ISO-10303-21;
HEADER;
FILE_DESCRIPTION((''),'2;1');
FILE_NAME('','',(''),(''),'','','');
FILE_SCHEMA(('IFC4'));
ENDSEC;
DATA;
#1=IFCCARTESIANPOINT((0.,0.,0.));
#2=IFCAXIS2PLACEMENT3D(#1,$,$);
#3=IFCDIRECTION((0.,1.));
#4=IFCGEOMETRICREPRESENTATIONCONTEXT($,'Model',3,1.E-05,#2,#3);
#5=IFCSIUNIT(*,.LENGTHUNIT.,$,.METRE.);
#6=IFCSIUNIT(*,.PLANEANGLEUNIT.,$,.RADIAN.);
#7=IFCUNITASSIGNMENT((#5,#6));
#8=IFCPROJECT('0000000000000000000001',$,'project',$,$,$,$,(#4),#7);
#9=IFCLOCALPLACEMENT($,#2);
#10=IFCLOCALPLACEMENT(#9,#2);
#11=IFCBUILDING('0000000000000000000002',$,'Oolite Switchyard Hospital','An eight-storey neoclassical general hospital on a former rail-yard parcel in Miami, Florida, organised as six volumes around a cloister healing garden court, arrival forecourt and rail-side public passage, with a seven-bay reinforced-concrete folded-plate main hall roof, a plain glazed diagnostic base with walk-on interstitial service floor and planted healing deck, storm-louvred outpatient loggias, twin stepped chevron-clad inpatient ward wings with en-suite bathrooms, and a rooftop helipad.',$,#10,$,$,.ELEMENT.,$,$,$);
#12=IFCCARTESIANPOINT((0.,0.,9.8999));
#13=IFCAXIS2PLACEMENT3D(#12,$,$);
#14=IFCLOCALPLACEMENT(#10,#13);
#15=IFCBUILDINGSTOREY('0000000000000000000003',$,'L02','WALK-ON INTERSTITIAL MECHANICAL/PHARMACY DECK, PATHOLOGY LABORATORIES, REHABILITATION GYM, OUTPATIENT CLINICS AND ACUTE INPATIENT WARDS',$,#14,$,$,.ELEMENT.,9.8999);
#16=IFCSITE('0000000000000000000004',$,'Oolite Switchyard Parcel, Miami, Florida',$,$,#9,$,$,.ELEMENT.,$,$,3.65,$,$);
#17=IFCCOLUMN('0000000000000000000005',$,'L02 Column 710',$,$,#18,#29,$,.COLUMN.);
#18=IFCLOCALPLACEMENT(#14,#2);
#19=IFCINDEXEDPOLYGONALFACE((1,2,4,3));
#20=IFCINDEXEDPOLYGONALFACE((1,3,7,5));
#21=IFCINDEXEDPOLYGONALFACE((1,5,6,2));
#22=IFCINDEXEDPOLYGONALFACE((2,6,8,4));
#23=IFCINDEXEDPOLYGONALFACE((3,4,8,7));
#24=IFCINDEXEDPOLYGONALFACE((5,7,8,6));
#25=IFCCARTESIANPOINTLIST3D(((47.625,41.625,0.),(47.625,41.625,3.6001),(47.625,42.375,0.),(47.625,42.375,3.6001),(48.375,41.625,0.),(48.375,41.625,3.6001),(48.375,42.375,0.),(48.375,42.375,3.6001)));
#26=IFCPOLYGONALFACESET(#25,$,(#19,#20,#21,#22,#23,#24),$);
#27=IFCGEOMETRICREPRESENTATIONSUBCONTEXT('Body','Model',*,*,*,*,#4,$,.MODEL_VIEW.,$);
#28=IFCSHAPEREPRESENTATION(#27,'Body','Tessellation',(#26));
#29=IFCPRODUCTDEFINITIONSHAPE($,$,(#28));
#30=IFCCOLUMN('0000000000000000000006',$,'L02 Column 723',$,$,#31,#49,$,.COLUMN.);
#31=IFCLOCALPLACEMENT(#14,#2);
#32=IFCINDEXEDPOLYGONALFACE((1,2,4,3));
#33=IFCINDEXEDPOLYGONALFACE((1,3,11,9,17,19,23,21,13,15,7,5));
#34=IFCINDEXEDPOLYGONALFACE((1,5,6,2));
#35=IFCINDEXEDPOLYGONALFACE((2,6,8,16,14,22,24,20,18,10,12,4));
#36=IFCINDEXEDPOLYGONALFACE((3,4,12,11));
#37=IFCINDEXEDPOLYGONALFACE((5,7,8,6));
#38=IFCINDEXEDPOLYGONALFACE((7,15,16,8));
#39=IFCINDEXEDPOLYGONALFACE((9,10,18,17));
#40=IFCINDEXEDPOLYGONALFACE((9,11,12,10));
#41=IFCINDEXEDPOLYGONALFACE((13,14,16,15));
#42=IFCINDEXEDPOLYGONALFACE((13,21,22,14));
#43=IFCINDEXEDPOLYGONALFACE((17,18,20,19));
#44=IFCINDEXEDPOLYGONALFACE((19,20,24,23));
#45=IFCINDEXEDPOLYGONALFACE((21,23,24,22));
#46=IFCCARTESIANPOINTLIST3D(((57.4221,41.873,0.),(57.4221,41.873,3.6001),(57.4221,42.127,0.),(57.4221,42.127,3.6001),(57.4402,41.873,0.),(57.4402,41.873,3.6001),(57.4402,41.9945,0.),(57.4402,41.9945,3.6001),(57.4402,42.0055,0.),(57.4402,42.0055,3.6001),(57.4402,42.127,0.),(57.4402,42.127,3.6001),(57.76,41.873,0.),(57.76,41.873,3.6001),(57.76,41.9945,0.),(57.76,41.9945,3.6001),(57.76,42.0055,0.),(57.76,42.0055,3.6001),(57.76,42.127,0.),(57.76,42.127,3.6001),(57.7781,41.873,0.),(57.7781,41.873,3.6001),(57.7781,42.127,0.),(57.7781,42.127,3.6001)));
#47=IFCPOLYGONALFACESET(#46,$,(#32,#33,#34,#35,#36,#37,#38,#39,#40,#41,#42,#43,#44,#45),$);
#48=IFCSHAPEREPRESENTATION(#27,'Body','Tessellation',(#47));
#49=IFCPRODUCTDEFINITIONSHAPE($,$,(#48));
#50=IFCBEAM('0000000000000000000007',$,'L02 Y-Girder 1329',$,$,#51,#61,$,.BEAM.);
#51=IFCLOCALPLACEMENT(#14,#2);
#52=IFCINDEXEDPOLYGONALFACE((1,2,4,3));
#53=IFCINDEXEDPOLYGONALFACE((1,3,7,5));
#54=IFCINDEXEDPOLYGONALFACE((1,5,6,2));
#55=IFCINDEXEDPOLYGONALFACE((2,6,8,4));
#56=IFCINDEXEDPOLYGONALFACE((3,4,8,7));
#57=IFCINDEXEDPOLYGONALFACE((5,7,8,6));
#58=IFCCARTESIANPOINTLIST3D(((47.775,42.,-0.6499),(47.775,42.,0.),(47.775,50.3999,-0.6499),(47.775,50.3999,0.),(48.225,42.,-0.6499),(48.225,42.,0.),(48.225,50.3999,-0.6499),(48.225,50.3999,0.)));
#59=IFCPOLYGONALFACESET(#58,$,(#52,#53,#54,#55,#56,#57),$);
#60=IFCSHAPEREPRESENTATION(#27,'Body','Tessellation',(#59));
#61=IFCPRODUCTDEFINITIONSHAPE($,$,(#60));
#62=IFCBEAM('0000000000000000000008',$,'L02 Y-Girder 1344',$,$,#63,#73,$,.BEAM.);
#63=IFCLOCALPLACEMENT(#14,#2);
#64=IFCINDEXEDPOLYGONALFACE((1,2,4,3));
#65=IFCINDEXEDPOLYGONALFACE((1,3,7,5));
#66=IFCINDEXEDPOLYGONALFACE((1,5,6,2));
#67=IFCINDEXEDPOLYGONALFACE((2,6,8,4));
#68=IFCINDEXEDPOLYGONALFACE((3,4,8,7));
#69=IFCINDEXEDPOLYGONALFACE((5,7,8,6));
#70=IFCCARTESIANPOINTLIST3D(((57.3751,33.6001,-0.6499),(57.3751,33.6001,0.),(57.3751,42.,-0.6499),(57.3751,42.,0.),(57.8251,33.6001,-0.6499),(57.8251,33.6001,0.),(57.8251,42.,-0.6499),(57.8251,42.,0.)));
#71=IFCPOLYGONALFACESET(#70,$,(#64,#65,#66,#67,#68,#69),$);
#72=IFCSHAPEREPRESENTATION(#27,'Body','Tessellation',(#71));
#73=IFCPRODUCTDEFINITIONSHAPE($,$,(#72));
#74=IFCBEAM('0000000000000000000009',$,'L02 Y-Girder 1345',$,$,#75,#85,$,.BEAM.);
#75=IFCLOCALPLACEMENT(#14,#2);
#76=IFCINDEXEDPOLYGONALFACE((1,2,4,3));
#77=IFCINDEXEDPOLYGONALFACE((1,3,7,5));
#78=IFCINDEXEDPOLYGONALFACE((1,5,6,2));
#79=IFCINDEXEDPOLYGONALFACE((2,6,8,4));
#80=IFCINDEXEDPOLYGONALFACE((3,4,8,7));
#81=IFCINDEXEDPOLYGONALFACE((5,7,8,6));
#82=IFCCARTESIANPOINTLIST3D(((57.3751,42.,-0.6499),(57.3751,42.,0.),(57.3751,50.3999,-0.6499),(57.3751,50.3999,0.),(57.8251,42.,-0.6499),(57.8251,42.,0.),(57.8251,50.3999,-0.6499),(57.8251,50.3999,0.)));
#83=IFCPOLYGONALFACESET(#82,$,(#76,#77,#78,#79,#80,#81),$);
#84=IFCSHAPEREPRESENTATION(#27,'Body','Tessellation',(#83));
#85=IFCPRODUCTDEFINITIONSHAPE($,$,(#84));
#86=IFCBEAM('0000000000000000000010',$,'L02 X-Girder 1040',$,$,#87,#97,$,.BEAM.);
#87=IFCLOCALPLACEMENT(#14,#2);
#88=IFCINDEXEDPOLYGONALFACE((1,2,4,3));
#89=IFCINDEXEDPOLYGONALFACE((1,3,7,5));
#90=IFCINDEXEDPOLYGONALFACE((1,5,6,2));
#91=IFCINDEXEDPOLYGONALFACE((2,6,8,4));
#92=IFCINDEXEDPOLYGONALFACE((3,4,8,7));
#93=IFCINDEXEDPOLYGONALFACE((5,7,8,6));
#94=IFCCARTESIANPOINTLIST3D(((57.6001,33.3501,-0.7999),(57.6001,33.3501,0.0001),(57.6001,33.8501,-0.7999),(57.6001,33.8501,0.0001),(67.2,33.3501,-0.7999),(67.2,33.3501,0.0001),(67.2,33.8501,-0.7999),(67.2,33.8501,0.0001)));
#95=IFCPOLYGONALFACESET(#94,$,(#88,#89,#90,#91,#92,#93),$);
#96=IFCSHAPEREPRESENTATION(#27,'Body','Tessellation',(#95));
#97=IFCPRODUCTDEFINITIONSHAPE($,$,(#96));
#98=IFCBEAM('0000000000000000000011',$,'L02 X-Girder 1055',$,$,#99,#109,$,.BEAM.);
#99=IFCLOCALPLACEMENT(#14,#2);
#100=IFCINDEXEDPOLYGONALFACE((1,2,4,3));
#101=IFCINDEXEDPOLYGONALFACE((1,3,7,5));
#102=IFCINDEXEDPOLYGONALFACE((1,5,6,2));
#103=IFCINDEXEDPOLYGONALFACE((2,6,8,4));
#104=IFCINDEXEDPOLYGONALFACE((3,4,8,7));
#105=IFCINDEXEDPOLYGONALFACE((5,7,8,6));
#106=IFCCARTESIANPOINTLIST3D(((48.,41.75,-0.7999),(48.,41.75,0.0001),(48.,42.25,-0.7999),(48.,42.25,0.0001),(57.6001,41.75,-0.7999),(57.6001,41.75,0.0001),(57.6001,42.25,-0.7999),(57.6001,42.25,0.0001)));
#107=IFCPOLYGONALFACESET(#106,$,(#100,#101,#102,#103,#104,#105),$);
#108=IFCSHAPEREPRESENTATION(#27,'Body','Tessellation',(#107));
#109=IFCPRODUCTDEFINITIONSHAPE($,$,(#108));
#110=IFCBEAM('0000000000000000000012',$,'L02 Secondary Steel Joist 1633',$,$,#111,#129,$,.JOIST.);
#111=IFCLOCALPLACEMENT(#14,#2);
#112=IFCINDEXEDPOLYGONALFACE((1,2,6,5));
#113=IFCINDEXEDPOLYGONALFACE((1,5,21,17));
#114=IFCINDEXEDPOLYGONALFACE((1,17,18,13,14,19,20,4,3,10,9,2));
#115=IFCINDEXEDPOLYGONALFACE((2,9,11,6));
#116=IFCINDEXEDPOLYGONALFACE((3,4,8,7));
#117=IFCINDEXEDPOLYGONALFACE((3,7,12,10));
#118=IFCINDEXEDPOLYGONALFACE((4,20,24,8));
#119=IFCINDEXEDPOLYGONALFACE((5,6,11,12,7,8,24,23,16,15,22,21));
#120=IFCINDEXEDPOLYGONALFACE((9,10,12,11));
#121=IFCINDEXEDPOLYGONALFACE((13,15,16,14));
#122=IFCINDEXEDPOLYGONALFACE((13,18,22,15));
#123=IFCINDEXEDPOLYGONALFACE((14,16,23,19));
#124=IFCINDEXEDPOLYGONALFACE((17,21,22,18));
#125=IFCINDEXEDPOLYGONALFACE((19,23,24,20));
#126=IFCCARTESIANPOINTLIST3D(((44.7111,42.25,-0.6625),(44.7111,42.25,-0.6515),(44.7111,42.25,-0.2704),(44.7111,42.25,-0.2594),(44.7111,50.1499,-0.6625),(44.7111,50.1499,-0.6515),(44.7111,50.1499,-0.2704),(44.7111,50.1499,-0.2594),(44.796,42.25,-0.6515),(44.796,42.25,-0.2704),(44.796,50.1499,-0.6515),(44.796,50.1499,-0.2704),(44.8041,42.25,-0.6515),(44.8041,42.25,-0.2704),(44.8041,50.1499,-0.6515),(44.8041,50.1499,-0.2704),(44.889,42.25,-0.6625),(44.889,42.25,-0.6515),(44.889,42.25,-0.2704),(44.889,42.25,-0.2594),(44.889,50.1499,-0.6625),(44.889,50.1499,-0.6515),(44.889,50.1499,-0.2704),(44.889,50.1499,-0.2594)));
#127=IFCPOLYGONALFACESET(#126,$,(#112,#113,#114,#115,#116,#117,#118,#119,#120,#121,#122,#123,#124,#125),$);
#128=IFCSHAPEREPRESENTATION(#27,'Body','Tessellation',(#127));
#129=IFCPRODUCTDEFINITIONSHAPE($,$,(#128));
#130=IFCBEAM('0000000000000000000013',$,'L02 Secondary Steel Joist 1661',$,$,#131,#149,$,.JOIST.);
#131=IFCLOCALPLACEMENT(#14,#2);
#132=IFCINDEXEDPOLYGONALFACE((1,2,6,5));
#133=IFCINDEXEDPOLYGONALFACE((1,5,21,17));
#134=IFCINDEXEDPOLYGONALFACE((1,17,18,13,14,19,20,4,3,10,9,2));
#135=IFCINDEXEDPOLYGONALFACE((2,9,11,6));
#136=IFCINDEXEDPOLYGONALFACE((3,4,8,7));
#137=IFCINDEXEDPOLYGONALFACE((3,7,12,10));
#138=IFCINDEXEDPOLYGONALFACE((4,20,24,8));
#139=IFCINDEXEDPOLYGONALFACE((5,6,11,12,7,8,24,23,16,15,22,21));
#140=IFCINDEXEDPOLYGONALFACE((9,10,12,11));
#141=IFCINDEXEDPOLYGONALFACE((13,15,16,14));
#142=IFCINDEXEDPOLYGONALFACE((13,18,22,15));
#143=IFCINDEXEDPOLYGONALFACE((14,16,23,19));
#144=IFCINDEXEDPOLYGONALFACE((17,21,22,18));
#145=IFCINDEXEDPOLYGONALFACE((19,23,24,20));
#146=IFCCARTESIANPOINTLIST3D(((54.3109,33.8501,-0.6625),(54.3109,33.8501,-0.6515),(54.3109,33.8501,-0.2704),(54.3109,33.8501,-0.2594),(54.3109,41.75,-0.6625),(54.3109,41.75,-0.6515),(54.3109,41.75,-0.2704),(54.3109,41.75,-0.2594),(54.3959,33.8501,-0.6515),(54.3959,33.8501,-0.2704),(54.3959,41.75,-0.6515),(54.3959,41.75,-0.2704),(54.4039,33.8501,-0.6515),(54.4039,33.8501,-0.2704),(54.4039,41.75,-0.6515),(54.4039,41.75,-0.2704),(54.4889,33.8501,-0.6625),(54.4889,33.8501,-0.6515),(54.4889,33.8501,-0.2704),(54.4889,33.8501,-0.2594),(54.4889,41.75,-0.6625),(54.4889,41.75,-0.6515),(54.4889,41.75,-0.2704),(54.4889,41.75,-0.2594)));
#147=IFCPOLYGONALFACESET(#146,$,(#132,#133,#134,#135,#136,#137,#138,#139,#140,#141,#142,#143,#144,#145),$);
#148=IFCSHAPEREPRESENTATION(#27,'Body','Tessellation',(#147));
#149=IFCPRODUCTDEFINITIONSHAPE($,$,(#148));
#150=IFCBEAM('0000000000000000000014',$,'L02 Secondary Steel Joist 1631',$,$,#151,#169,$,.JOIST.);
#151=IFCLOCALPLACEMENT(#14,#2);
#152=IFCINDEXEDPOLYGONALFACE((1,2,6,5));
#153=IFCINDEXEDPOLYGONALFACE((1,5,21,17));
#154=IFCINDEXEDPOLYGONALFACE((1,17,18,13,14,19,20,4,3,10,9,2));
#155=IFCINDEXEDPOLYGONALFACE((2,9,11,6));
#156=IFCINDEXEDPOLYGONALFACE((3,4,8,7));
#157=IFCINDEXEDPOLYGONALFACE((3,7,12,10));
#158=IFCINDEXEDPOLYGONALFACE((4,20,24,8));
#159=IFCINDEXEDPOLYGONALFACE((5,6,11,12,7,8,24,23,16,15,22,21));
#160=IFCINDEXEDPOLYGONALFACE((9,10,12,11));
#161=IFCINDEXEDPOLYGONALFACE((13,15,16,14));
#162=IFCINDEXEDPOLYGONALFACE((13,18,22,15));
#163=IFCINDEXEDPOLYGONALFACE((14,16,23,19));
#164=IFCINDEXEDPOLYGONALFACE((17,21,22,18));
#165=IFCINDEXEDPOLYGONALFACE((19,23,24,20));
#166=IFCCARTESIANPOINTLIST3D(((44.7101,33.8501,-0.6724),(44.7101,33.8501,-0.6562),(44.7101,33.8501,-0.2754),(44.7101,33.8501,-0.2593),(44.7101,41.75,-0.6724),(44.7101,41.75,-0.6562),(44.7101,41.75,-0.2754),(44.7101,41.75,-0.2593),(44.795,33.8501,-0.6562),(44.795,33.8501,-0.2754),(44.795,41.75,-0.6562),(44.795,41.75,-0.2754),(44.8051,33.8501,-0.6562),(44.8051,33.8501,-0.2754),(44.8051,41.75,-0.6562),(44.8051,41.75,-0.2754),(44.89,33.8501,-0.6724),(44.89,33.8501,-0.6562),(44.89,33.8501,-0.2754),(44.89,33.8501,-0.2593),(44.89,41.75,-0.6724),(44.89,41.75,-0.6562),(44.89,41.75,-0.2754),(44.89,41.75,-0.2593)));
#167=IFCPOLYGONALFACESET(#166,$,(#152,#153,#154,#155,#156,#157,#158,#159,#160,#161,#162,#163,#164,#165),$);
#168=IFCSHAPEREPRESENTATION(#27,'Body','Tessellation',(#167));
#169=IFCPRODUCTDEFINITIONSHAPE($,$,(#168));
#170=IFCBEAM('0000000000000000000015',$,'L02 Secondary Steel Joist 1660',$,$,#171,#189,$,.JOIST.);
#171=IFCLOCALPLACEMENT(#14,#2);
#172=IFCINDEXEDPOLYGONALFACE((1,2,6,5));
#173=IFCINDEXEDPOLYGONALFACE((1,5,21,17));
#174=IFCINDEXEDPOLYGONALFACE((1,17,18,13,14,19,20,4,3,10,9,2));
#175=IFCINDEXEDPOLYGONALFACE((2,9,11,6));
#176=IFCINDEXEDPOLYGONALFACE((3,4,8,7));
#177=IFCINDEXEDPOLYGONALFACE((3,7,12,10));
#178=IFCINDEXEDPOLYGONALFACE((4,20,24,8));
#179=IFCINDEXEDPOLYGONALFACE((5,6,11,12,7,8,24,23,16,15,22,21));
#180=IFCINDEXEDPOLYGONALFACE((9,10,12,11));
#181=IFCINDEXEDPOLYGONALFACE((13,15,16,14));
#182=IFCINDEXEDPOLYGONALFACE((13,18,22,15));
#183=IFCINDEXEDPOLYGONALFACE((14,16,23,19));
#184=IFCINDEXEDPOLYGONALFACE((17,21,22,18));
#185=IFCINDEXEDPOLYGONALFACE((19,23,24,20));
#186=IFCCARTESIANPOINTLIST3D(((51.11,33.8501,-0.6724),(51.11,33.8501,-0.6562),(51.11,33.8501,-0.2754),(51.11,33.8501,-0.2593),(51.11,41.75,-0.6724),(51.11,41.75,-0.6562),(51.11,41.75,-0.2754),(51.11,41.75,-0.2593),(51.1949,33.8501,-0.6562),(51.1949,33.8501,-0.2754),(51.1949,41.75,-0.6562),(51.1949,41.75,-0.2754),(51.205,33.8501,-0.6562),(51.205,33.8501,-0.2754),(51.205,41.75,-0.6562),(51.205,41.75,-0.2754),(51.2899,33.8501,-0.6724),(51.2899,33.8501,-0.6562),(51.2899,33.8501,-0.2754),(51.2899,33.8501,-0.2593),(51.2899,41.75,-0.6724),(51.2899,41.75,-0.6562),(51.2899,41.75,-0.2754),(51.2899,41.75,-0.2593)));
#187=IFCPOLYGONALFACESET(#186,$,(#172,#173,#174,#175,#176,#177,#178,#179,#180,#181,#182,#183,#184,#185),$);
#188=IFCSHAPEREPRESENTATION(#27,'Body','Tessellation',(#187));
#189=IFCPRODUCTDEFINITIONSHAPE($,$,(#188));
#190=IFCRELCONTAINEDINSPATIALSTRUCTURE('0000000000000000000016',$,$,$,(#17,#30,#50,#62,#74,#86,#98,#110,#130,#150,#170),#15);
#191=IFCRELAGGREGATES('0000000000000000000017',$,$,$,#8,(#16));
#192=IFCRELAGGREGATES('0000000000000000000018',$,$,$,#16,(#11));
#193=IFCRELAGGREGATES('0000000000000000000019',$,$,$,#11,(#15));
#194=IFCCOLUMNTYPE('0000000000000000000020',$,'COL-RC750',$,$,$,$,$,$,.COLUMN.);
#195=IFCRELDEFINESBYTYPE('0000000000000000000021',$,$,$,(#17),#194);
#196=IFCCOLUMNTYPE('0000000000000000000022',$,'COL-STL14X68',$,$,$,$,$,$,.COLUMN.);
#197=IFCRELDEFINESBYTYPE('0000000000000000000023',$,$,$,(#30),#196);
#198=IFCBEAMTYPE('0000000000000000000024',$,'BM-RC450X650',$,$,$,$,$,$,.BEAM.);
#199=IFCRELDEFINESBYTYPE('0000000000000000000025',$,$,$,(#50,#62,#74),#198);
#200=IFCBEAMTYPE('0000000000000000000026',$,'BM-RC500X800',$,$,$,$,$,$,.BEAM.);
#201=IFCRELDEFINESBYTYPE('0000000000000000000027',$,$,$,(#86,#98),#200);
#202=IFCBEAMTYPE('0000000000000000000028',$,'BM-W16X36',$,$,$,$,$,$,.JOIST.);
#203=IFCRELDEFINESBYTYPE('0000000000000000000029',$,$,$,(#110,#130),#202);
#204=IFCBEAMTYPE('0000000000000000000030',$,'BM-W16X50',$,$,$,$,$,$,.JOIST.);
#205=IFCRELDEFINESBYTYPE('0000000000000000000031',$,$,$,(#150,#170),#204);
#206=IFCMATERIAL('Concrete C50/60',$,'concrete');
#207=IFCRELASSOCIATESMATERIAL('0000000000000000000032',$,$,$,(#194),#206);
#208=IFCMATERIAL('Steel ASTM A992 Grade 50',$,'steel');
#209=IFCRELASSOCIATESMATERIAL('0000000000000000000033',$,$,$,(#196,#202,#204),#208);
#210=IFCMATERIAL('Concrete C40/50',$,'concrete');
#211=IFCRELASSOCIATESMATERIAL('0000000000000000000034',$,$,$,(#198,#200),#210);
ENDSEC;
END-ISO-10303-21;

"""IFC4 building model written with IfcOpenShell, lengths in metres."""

from ifc_helpers import new_model, si_unit, direction, frame, origin, origin_2d, place, context, subcontext, project, spatial, rectangle, i_section, extrude, material, material_profile, profile_set, type_object, element, save


model = new_model("IFC4")

# Units and contexts
model_context = context("Model", 3, precision=1e-05, world=origin(), true_north=direction((0.0, 1.0)))
body_context = subcontext(model_context, "Body", "Model", "MODEL_VIEW")
ifc_project = project(units=[si_unit("LENGTHUNIT", "METRE"), si_unit("PLANEANGLEUNIT", "RADIAN")], contexts=[model_context])

# Site, building, storey
site_placement = place(None, origin())
site = spatial("IfcSite", under=ifc_project, at=site_placement, Name="Oolite Switchyard Parcel, Miami, Florida", CompositionType="ELEMENT", RefElevation=3.65)
building_placement = place(site_placement, origin())
building = spatial("IfcBuilding", under=site, at=building_placement, Name="Oolite Switchyard Hospital", Description="An eight-storey neoclassical general hospital on a former rail-yard parcel in Miami, Florida, organised as six volumes around a cloister healing garden court, arrival forecourt and rail-side public passage, with a seven-bay reinforced-concrete folded-plate main hall roof, a plain glazed diagnostic base with walk-on interstitial service floor and planted healing deck, storm-louvred outpatient loggias, twin stepped chevron-clad inpatient ward wings with en-suite bathrooms, and a rooftop helipad.", CompositionType="ELEMENT")
storey_placement = place(building_placement, frame((0.0, 0.0, 9.8999)))
storey = spatial("IfcBuildingStorey", under=building, at=storey_placement, Name="L02", Description="WALK-ON INTERSTITIAL MECHANICAL/PHARMACY DECK, PATHOLOGY LABORATORIES, REHABILITATION GYM, OUTPATIENT CLINICS AND ACUTE INPATIENT WARDS", CompositionType="ELEMENT", Elevation=9.8999)

# Columns
ifc_material_1 = material(Name="Concrete C50/60", Category="concrete")
ifc_material_profile_1 = material_profile(ifc_material_1, rectangle(XDim=0.75, YDim=0.75, at=origin_2d()), Name="RC750X750")
ifc_profile_set_1 = profile_set([ifc_material_profile_1], Name="Concrete C50/60")
column_type_1 = type_object("IfcColumnType", Name="COL-RC750", PredefinedType="COLUMN", material=ifc_profile_set_1)
column_1_placement = place(storey_placement, frame((48.0, 42.0, 0.0), z_axis=(0.0, 0.0, 1.0), x_axis=(1.0, 0.0, 0.0)))
element("IfcColumn", 1, at=column_1_placement, inside=storey, type_object=column_type_1, Name="L02 Column 710", PredefinedType="COLUMN", context=body_context, shape_type="SweptSolid", body=[
    extrude(rectangle(XDim=0.75, YDim=0.75, at=origin_2d()), origin(), (0.0, 0.0, 1.0), 3.6001),
])
ifc_material_2 = material(Name="Steel ASTM A992 Grade 50", Category="steel")
ifc_material_profile_2 = material_profile(ifc_material_2, i_section(OverallWidth=0.2539, OverallDepth=0.356, WebThickness=0.011, FlangeThickness=0.0181, at=origin_2d()), Name="W14X68")
ifc_profile_set_2 = profile_set([ifc_material_profile_2], Name="Steel ASTM A992 Grade 50")
column_type_2 = type_object("IfcColumnType", Name="COL-STL14X68", PredefinedType="COLUMN", material=ifc_profile_set_2)
column_2_placement = place(storey_placement, frame((57.6001, 42.0, 0.0), z_axis=(0.0, 0.0, 1.0), x_axis=(0.0, -1.0, 0.0)))
element("IfcColumn", 2, at=column_2_placement, inside=storey, type_object=column_type_2, Name="L02 Column 723", PredefinedType="COLUMN", context=body_context, shape_type="SweptSolid", body=[
    extrude(i_section(OverallWidth=0.2539, OverallDepth=0.356, WebThickness=0.011, FlangeThickness=0.0181, at=origin_2d()), origin(), (0.0, 0.0, 1.0), 3.6001),
])

# Beams
ifc_material_3 = material(Name="Concrete C40/50", Category="concrete")
ifc_material_profile_3 = material_profile(ifc_material_3, rectangle(XDim=0.45, YDim=0.6499, at=origin_2d()), Name="RCB450X650")
ifc_profile_set_3 = profile_set([ifc_material_profile_3], Name="Concrete C40/50")
beam_type_1 = type_object("IfcBeamType", Name="BM-RC450X650", PredefinedType="BEAM", material=ifc_profile_set_3)
for number, where, z_axis, x_axis, name in (
    (3, (48.0, 42.0, -0.325), (0.0, 1.0, 0.0), (-1.0, 0.0, 0.0), "L02 Y-Girder 1329"),
    (4, (57.6001, 33.6001, -0.325), (0.0, 1.0, 0.0), (-1.0, 0.0, 0.0), "L02 Y-Girder 1344"),
    (5, (57.6001, 42.0, -0.325), (0.0, 1.0, 0.0), (-1.0, 0.0, 0.0), "L02 Y-Girder 1345"),
):
    element("IfcBeam", number, at=place(storey_placement, frame(where, z_axis=z_axis, x_axis=x_axis)), inside=storey, type_object=beam_type_1, Name=name, PredefinedType="BEAM", context=body_context, shape_type="SweptSolid", body=[
        extrude(rectangle(XDim=0.45, YDim=0.6499, at=origin_2d()), origin(), (0.0, 0.0, 1.0), 8.3999),
    ])
ifc_material_profile_4 = material_profile(ifc_material_3, rectangle(XDim=0.5, YDim=0.8, at=origin_2d()), Name="RCB500X800")
ifc_profile_set_4 = profile_set([ifc_material_profile_4], Name="Concrete C40/50")
beam_type_2 = type_object("IfcBeamType", Name="BM-RC500X800", PredefinedType="BEAM", material=ifc_profile_set_4)
beam_1_placement = place(storey_placement, frame((57.6001, 33.6001, -0.3999), z_axis=(1.0, 0.0, 0.0), x_axis=(0.0, 1.0, 0.0)))
element("IfcBeam", 6, at=beam_1_placement, inside=storey, type_object=beam_type_2, Name="L02 X-Girder 1040", PredefinedType="BEAM", context=body_context, shape_type="SweptSolid", body=[
    extrude(rectangle(XDim=0.5, YDim=0.8, at=origin_2d()), origin(), (0.0, 0.0, 1.0), 9.5999),
])
beam_2_placement = place(storey_placement, frame((48.0, 42.0, -0.3999), z_axis=(1.0, 0.0, 0.0), x_axis=(0.0, 1.0, 0.0)))
element("IfcBeam", 7, at=beam_2_placement, inside=storey, type_object=beam_type_2, Name="L02 X-Girder 1055", PredefinedType="BEAM", context=body_context, shape_type="SweptSolid", body=[
    extrude(rectangle(XDim=0.5, YDim=0.8, at=origin_2d()), origin(), (0.0, 0.0, 1.0), 9.6001),
])
ifc_material_profile_5 = material_profile(ifc_material_2, i_section(OverallWidth=0.178, OverallDepth=0.4031, WebThickness=0.0081, FlangeThickness=0.011, at=origin_2d()), Name="W16X36")
ifc_profile_set_5 = profile_set([ifc_material_profile_5], Name="Steel ASTM A992 Grade 50")
beam_type_3 = type_object("IfcBeamType", Name="BM-W16X36", PredefinedType="JOIST", material=ifc_profile_set_5)
for number, where, z_axis, x_axis, name in (
    (8, (44.8, 42.25, -0.4609), (0.0, 1.0, 0.0), (-1.0, 0.0, 0.0), "L02 Secondary Steel Joist 1633"),
    (9, (54.3999, 33.8501, -0.4609), (0.0, 1.0, 0.0), (-1.0, 0.0, 0.0), "L02 Secondary Steel Joist 1661"),
):
    element("IfcBeam", number, at=place(storey_placement, frame(where, z_axis=z_axis, x_axis=x_axis)), inside=storey, type_object=beam_type_3, Name=name, PredefinedType="JOIST", context=body_context, shape_type="SweptSolid", body=[
        extrude(i_section(OverallWidth=0.178, OverallDepth=0.4031, WebThickness=0.0081, FlangeThickness=0.011, at=origin_2d()), origin(), (0.0, 0.0, 1.0), 7.8999),
    ])
ifc_material_profile_6 = material_profile(ifc_material_2, i_section(OverallWidth=0.1799, OverallDepth=0.4131, WebThickness=0.01, FlangeThickness=0.0161, at=origin_2d()), Name="W16X50")
ifc_profile_set_6 = profile_set([ifc_material_profile_6], Name="Steel ASTM A992 Grade 50")
beam_type_4 = type_object("IfcBeamType", Name="BM-W16X50", PredefinedType="JOIST", material=ifc_profile_set_6)
for number, where, z_axis, x_axis, name in (
    (10, (44.8, 33.8501, -0.4658), (0.0, 1.0, 0.0), (-1.0, 0.0, 0.0), "L02 Secondary Steel Joist 1631"),
    (11, (51.2, 33.8501, -0.4658), (0.0, 1.0, 0.0), (-1.0, 0.0, 0.0), "L02 Secondary Steel Joist 1660"),
):
    element("IfcBeam", number, at=place(storey_placement, frame(where, z_axis=z_axis, x_axis=x_axis)), inside=storey, type_object=beam_type_4, Name=name, PredefinedType="JOIST", context=body_context, shape_type="SweptSolid", body=[
        extrude(i_section(OverallWidth=0.1799, OverallDepth=0.4131, WebThickness=0.01, FlangeThickness=0.0161, at=origin_2d()), origin(), (0.0, 0.0, 1.0), 7.8999),
    ])

save(model, "model.ifc")
